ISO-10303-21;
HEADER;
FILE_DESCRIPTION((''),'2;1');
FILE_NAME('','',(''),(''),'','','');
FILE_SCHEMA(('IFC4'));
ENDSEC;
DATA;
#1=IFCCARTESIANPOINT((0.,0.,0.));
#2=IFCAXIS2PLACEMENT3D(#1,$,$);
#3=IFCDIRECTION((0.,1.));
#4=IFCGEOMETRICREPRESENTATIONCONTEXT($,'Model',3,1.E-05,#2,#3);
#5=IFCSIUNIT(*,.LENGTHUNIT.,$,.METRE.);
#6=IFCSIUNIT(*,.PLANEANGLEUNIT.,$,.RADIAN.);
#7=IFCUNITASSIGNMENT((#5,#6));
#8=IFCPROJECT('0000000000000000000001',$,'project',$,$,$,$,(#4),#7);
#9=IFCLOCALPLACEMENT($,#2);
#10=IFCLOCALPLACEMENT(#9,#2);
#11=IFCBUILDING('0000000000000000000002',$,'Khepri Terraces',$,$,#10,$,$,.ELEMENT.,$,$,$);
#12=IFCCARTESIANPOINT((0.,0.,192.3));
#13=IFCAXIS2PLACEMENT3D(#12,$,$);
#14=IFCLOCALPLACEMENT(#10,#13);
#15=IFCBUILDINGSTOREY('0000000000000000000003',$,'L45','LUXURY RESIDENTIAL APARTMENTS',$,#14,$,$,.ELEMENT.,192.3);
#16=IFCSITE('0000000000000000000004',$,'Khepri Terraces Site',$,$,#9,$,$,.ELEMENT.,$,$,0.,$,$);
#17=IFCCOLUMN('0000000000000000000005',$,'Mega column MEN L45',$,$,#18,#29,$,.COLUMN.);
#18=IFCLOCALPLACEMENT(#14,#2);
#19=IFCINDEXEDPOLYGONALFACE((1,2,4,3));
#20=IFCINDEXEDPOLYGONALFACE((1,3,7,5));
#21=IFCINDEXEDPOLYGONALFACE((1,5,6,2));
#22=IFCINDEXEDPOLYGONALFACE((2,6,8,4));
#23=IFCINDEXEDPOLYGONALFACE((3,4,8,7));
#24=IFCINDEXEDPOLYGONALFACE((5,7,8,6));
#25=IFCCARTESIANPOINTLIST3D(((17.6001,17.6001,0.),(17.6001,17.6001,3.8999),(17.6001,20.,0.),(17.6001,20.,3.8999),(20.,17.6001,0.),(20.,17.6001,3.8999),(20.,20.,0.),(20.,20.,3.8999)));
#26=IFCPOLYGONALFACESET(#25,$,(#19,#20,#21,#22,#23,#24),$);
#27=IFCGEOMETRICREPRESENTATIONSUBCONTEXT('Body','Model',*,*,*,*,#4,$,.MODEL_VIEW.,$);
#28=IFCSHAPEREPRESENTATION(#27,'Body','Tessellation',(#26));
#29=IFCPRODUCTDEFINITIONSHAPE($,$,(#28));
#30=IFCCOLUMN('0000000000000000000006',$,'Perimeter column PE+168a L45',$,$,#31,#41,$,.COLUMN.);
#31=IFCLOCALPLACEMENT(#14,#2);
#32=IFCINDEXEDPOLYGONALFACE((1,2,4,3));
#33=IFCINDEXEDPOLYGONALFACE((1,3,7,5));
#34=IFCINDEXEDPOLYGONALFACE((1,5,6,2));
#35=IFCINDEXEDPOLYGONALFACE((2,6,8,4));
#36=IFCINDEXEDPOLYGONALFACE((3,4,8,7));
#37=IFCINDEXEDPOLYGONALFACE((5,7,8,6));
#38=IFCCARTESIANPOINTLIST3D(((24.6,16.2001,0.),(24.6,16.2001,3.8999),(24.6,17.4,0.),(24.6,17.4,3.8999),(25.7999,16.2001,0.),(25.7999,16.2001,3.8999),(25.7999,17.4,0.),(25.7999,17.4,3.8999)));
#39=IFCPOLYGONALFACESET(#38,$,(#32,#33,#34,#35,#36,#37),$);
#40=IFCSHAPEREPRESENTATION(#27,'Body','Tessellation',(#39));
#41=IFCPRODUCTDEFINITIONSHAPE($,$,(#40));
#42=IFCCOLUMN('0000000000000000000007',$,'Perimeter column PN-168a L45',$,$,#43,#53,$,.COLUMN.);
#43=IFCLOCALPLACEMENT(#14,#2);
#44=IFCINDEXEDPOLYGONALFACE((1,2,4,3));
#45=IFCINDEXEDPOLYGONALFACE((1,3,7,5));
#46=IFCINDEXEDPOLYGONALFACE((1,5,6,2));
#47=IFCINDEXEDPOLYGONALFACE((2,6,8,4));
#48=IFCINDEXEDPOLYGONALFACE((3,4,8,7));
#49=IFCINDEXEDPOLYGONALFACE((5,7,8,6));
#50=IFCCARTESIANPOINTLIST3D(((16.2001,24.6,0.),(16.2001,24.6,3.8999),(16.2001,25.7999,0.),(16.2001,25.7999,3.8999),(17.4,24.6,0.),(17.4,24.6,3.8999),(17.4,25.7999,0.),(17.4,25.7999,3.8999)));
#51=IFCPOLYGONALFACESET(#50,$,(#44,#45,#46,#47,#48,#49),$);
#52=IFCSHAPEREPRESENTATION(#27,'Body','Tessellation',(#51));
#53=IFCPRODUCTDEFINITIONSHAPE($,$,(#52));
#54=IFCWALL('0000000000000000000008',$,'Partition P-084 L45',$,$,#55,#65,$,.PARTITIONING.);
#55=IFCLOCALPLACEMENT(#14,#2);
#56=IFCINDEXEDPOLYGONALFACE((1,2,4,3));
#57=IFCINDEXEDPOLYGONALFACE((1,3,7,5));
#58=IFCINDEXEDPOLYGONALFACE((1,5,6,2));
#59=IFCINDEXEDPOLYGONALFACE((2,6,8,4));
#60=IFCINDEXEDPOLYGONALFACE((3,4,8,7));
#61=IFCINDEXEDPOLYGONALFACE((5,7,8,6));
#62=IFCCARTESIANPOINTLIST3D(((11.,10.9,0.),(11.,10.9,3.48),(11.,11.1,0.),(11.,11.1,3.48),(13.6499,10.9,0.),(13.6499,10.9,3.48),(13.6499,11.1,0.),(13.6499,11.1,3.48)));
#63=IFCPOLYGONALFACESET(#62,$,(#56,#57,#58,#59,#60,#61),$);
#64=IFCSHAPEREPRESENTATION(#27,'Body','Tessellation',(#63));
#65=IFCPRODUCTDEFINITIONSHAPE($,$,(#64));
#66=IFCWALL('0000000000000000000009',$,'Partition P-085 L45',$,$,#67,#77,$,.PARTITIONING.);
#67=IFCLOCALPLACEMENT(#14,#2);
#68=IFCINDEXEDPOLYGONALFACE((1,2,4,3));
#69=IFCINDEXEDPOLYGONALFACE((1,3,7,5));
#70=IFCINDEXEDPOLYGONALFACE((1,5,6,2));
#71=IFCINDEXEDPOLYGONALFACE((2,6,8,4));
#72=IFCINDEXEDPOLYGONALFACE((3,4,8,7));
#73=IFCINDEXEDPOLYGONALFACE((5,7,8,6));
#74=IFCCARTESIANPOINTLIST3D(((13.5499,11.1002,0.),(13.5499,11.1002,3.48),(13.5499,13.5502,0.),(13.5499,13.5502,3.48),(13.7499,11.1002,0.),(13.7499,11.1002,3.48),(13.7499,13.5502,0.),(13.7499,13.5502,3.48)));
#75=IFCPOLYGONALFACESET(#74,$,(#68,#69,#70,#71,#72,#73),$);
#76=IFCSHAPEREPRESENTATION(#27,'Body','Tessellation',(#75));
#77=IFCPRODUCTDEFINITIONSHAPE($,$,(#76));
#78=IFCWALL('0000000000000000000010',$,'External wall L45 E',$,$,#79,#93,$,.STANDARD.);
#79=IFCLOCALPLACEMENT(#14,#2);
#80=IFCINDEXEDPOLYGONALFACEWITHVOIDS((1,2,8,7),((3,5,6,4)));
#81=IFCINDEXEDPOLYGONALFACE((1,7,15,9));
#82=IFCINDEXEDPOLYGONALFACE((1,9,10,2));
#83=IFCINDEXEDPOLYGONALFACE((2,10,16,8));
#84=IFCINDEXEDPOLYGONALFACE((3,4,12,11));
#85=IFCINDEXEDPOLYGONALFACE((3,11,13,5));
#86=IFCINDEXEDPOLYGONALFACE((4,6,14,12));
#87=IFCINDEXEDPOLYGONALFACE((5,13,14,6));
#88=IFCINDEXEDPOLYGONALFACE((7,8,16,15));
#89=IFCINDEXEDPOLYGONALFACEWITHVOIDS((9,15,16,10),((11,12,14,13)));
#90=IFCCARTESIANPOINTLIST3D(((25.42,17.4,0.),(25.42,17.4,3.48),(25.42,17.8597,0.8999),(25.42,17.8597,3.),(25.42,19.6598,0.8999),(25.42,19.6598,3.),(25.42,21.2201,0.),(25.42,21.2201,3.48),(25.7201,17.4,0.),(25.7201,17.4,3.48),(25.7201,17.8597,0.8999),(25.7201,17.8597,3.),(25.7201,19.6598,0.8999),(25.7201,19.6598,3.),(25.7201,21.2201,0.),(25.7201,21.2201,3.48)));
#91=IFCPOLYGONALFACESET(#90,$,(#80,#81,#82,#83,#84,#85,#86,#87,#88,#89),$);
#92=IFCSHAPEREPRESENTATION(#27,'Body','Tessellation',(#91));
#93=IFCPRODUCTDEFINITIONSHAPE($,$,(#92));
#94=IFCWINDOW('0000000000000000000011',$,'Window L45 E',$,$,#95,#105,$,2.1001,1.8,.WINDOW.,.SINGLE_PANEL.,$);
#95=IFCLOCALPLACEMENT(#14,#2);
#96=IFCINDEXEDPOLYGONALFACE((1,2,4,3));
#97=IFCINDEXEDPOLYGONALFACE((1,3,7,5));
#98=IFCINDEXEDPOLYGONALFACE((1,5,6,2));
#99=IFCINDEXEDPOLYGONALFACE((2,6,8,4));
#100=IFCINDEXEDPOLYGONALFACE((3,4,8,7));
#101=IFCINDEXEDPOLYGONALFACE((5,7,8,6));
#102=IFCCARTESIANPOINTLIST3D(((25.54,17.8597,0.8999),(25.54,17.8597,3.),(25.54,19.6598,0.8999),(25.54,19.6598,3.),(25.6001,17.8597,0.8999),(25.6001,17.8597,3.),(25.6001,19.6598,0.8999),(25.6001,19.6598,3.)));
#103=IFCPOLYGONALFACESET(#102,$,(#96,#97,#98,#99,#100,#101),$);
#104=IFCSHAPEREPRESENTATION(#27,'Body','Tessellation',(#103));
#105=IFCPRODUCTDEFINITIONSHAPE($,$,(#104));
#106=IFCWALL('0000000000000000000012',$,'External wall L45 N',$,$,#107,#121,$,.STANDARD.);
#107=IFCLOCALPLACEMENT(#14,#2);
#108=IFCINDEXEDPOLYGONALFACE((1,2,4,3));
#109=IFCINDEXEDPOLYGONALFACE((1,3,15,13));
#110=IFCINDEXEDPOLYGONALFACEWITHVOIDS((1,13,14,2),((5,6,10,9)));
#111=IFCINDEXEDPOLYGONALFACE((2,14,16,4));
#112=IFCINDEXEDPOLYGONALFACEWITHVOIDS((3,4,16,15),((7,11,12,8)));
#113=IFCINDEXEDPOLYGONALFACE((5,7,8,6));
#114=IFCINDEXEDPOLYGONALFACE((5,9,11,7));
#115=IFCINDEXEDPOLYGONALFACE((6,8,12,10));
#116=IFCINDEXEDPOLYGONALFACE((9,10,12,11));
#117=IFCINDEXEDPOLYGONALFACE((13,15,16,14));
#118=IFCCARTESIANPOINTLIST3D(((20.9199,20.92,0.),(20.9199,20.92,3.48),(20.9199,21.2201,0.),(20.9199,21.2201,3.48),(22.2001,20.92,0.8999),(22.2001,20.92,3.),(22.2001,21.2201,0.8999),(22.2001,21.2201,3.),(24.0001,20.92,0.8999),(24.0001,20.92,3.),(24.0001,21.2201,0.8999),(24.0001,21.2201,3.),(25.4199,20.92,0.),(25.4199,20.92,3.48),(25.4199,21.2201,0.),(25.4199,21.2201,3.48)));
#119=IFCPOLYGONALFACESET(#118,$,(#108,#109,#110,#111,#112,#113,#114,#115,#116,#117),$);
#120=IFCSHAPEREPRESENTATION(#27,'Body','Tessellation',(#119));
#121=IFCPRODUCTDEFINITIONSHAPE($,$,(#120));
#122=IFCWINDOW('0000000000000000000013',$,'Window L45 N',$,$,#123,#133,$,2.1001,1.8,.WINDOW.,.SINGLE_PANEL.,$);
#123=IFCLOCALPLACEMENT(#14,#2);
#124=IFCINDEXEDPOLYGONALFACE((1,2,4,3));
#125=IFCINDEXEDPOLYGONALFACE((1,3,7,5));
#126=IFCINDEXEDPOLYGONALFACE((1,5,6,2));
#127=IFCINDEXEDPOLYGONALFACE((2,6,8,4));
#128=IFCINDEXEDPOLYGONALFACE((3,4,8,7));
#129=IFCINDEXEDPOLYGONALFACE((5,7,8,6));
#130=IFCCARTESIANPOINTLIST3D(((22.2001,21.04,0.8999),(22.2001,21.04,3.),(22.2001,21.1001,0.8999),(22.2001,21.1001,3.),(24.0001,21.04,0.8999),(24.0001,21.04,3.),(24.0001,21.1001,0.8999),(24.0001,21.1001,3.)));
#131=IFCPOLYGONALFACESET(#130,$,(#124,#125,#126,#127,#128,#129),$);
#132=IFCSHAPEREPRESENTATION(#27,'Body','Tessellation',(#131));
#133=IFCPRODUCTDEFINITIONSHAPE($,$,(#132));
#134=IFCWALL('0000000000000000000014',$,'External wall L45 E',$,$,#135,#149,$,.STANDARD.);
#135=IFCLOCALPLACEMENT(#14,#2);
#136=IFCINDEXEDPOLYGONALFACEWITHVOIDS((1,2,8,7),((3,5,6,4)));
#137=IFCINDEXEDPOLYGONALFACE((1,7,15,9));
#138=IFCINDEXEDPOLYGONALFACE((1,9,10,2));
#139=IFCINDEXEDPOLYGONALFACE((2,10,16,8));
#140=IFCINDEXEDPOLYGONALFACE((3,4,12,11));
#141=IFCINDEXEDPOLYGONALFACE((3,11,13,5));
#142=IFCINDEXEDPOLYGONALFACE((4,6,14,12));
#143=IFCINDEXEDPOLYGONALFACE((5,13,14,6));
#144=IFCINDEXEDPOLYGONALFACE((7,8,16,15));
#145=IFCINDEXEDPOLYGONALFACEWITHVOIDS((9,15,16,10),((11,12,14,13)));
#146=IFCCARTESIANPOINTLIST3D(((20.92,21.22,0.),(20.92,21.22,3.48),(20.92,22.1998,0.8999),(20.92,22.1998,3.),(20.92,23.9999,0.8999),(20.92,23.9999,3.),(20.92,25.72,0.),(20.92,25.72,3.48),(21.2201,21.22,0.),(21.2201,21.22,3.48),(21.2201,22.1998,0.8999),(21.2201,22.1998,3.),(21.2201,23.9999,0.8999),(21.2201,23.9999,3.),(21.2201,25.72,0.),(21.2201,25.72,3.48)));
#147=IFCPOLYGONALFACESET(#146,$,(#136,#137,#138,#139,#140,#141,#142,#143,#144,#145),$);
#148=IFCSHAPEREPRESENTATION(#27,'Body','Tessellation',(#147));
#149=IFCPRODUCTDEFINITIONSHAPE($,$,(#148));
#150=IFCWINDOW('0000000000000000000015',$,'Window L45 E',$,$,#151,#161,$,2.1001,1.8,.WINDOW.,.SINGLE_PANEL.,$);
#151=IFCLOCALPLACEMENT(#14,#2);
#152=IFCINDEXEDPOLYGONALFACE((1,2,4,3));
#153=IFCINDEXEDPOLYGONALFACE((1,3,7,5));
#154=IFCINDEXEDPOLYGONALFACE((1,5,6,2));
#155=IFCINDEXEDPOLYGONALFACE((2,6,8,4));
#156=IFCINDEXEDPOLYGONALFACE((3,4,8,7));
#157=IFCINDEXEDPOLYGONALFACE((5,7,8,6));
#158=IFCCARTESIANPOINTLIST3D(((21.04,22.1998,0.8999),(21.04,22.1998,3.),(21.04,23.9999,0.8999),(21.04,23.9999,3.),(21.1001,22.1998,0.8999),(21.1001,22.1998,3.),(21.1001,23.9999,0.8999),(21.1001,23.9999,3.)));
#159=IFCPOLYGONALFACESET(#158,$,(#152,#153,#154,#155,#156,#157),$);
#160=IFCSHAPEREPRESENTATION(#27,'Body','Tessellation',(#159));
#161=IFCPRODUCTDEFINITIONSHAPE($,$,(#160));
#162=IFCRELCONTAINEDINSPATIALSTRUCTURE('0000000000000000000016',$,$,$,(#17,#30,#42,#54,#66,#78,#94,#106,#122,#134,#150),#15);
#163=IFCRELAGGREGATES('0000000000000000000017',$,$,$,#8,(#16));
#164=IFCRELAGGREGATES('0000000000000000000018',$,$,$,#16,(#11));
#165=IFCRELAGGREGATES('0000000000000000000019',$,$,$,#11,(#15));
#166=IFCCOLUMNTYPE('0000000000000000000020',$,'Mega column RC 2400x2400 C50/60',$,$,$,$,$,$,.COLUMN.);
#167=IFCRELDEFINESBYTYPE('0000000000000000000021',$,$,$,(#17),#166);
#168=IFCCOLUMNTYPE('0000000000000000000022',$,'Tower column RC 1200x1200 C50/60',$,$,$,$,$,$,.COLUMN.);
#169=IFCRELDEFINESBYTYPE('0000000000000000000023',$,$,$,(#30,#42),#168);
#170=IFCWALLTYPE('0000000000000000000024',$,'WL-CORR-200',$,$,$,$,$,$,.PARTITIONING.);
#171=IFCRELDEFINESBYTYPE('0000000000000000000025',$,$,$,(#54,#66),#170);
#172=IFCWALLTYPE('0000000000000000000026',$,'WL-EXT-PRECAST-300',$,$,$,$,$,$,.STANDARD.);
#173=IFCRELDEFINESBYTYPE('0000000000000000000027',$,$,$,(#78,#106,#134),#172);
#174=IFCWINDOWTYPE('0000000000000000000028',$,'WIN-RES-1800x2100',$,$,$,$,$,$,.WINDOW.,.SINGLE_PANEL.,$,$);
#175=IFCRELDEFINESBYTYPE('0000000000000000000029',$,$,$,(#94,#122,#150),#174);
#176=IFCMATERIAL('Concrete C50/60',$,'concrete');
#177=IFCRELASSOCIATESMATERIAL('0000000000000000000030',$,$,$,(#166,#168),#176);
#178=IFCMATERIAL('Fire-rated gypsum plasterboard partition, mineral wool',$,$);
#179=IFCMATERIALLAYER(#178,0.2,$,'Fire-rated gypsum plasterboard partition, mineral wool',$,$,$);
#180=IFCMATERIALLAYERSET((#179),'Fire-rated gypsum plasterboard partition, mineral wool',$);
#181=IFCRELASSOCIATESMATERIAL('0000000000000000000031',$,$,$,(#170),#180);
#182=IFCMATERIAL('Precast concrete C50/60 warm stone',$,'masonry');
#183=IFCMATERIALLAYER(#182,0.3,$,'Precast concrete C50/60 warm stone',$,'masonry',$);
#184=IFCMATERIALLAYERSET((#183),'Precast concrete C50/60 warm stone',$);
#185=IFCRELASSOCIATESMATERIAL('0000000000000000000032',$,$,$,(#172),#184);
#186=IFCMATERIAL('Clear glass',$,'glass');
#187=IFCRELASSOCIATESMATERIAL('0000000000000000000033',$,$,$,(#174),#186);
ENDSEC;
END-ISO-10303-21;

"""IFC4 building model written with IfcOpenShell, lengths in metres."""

from ifc_helpers import new_model, si_unit, direction, frame, frame_2d, origin, origin_2d, place, context, subcontext, project, spatial, rectangle, extrude, material, layer, layer_set, material_profile, profile_set, type_object, element, fill, save


model = new_model("IFC4")

# Units and contexts
model_context = context("Model", 3, precision=1e-05, world=origin(), true_north=direction((0.0, 1.0)))
body_context = subcontext(model_context, "Body", "Model", "MODEL_VIEW")
ifc_project = project(units=[si_unit("LENGTHUNIT", "METRE"), si_unit("PLANEANGLEUNIT", "RADIAN")], contexts=[model_context])

# Site, building, storey
site_placement = place(None, origin())
site = spatial("IfcSite", under=ifc_project, at=site_placement, Name="Khepri Terraces Site", CompositionType="ELEMENT", RefElevation=0.0)
building_placement = place(site_placement, origin())
building = spatial("IfcBuilding", under=site, at=building_placement, Name="Khepri Terraces", CompositionType="ELEMENT")
storey_placement = place(building_placement, frame((0.0, 0.0, 192.3)))
storey = spatial("IfcBuildingStorey", under=building, at=storey_placement, Name="L45", Description="LUXURY RESIDENTIAL APARTMENTS", CompositionType="ELEMENT", Elevation=192.3)

# Columns
ifc_material_1 = material(Name="Concrete C50/60", Category="concrete")
ifc_material_profile_1 = material_profile(ifc_material_1, rectangle(XDim=2.3999, YDim=2.3999, at=origin_2d()), Name="Concrete C50/60", Category="concrete")
ifc_profile_set_1 = profile_set([ifc_material_profile_1], Name="Concrete C50/60")
column_type_1 = type_object("IfcColumnType", Name="Mega column RC 2400x2400 C50/60", PredefinedType="COLUMN", material=ifc_profile_set_1)
column_placement = place(storey_placement, frame((18.8, 18.8, 0.0), z_axis=(0.0, 0.0, 1.0), x_axis=(1.0, 0.0, 0.0)))
element("IfcColumn", 1, at=column_placement, inside=storey, type_object=column_type_1, Name="Mega column MEN L45", PredefinedType="COLUMN", context=body_context, shape_type="SweptSolid", body=[
    extrude(rectangle(XDim=2.3999, YDim=2.3999, at=origin_2d()), origin(), (0.0, 0.0, 1.0), 3.8999),
])
ifc_material_profile_2 = material_profile(ifc_material_1, rectangle(XDim=1.2, YDim=1.2, at=origin_2d()), Name="Concrete C50/60", Category="concrete")
ifc_profile_set_2 = profile_set([ifc_material_profile_2], Name="Concrete C50/60")
column_type_2 = type_object("IfcColumnType", Name="Tower column RC 1200x1200 C50/60", PredefinedType="COLUMN", material=ifc_profile_set_2)
for number, where, z_axis, x_axis, name in (
    (2, (25.2, 16.8, 0.0), (0.0, 0.0, 1.0), (1.0, 0.0, 0.0), "Perimeter column PE+168a L45"),
    (3, (16.8, 25.2, 0.0), (0.0, 0.0, 1.0), (1.0, 0.0, 0.0), "Perimeter column PN-168a L45"),
):
    element("IfcColumn", number, at=place(storey_placement, frame(where, z_axis=z_axis, x_axis=x_axis)), inside=storey, type_object=column_type_2, Name=name, PredefinedType="COLUMN", context=body_context, shape_type="SweptSolid", body=[
        extrude(rectangle(XDim=1.2, YDim=1.2, at=origin_2d()), origin(), (0.0, 0.0, 1.0), 3.8999),
    ])

# Walls
ifc_material_2 = material(Name="Fire-rated gypsum plasterboard partition, mineral wool")
ifc_layer_1 = layer(ifc_material_2, 0.2, Name="Fire-rated gypsum plasterboard partition, mineral wool")
ifc_layer_set_1 = layer_set([ifc_layer_1], Name="Fire-rated gypsum plasterboard partition, mineral wool")
wall_type_1 = type_object("IfcWallType", Name="WL-CORR-200", PredefinedType="PARTITIONING", material=ifc_layer_set_1)
wall_1_placement = place(storey_placement, frame((11.0, 11.0, 0.0), z_axis=(0.0, 0.0, 1.0), x_axis=(1.0, 0.0, 0.0)))
element("IfcWall", 4, at=wall_1_placement, inside=storey, type_object=wall_type_1, Name="Partition P-084 L45", PredefinedType="PARTITIONING", context=body_context, shape_type="SweptSolid", body=[
    extrude(rectangle(XDim=2.6499, YDim=0.2, at=frame_2d((1.325, 0.0))), origin(), (0.0, 0.0, 1.0), 3.48),
])
wall_2_placement = place(storey_placement, frame((13.6499, 11.1001, 0.0), z_axis=(0.0, 0.0, 1.0), x_axis=(0.0, 1.0, 0.0)))
element("IfcWall", 5, at=wall_2_placement, inside=storey, type_object=wall_type_1, Name="Partition P-085 L45", PredefinedType="PARTITIONING", context=body_context, shape_type="SweptSolid", body=[
    extrude(rectangle(XDim=2.45, YDim=0.2, at=frame_2d((1.2251, 0.0))), origin(), (0.0, 0.0, 1.0), 3.48),
])

# Walls, openings, windows
ifc_material_3 = material(Name="Precast concrete C50/60 warm stone", Category="masonry")
ifc_layer_2 = layer(ifc_material_3, 0.3, Name="Precast concrete C50/60 warm stone", Category="masonry")
ifc_layer_set_2 = layer_set([ifc_layer_2], Name="Precast concrete C50/60 warm stone")
wall_type_2 = type_object("IfcWallType", Name="WL-EXT-PRECAST-300", PredefinedType="STANDARD", material=ifc_layer_set_2)
wall_3_placement = place(storey_placement, frame((25.5701, 17.3999, 0.0), z_axis=(0.0, 0.0, 1.0), x_axis=(0.0, 1.0, 0.0)))
wall_3 = element("IfcWall", 6, at=wall_3_placement, inside=storey, type_object=wall_type_2, Name="External wall L45 E", PredefinedType="STANDARD", context=body_context, shape_type="SweptSolid", body=[
    extrude(rectangle(XDim=3.8201, YDim=0.3, at=frame_2d((1.9102, 0.0))), origin(), (0.0, 0.0, 1.0), 3.48),
])
opening_1_placement = place(wall_3_placement, frame((0.46, 0.0, 0.8999)))
opening_1 = element("IfcOpeningElement", 7, at=opening_1_placement, cuts=wall_3, PredefinedType="OPENING", context=body_context, shape_type="SweptSolid", body=[
    extrude(rectangle(XDim=1.8, YDim=2.1001, at=frame_2d((0.8999, 1.05))), frame((0.0, 0.1602, 0.0), z_axis=(0.0, -1.0, 0.0), x_axis=(1.0, 0.0, 0.0)), (0.0, 0.0, 1.0), 0.3201),
])
ifc_material_4 = material(Name="Clear glass", Category="glass")
window_type = type_object("IfcWindowType", Name="WIN-RES-1800x2100", PartitioningType="SINGLE_PANEL", PredefinedType="WINDOW", material=ifc_material_4)
window_1_placement = place(opening_1_placement, origin())
window_1 = element("IfcWindow", 8, at=window_1_placement, inside=storey, type_object=window_type, Name="Window L45 E", OverallHeight=2.1001, OverallWidth=1.8, PartitioningType="SINGLE_PANEL", PredefinedType="WINDOW", context=body_context, shape_type="SweptSolid", body=[
    extrude(rectangle(XDim=1.8, YDim=2.1001, at=frame_2d((0.8999, 1.05))), frame((0.0, 0.03, 0.0), z_axis=(0.0, -1.0, 0.0), x_axis=(1.0, 0.0, 0.0)), (0.0, 0.0, 1.0), 0.0601),
])
fill(opening_1, window_1)
wall_4_placement = place(storey_placement, frame((25.4199, 21.0701, 0.0), z_axis=(0.0, 0.0, 1.0), x_axis=(-1.0, 0.0, 0.0)))
wall_4 = element("IfcWall", 9, at=wall_4_placement, inside=storey, type_object=wall_type_2, Name="External wall L45 N", PredefinedType="STANDARD", context=body_context, shape_type="SweptSolid", body=[
    extrude(rectangle(XDim=4.5, YDim=0.3, at=frame_2d((2.25, 0.0))), origin(), (0.0, 0.0, 1.0), 3.48),
])
opening_2_placement = place(wall_4_placement, frame((1.4199, 0.0, 0.8999)))
opening_2 = element("IfcOpeningElement", 10, at=opening_2_placement, cuts=wall_4, PredefinedType="OPENING", context=body_context, shape_type="SweptSolid", body=[
    extrude(rectangle(XDim=1.8, YDim=2.1001, at=frame_2d((0.8999, 1.05))), frame((0.0, 0.1602, 0.0), z_axis=(0.0, -1.0, 0.0), x_axis=(1.0, 0.0, 0.0)), (0.0, 0.0, 1.0), 0.3201),
])
window_2_placement = place(opening_2_placement, origin())
window_2 = element("IfcWindow", 11, at=window_2_placement, inside=storey, type_object=window_type, Name="Window L45 N", OverallHeight=2.1001, OverallWidth=1.8, PartitioningType="SINGLE_PANEL", PredefinedType="WINDOW", context=body_context, shape_type="SweptSolid", body=[
    extrude(rectangle(XDim=1.8, YDim=2.1001, at=frame_2d((0.8999, 1.05))), frame((0.0, 0.03, 0.0), z_axis=(0.0, -1.0, 0.0), x_axis=(1.0, 0.0, 0.0)), (0.0, 0.0, 1.0), 0.0601),
])
fill(opening_2, window_2)
wall_5_placement = place(storey_placement, frame((21.0701, 21.22, 0.0), z_axis=(0.0, 0.0, 1.0), x_axis=(0.0, 1.0, 0.0)))
wall_5 = element("IfcWall", 12, at=wall_5_placement, inside=storey, type_object=wall_type_2, Name="External wall L45 E", PredefinedType="STANDARD", context=body_context, shape_type="SweptSolid", body=[
    extrude(rectangle(XDim=4.5, YDim=0.3, at=frame_2d((2.25, 0.0))), origin(), (0.0, 0.0, 1.0), 3.48),
])
opening_3_placement = place(wall_5_placement, frame((0.98, 0.0, 0.8999)))
opening_3 = element("IfcOpeningElement", 13, at=opening_3_placement, cuts=wall_5, PredefinedType="OPENING", context=body_context, shape_type="SweptSolid", body=[
    extrude(rectangle(XDim=1.8, YDim=2.1001, at=frame_2d((0.8999, 1.05))), frame((0.0, 0.1602, 0.0), z_axis=(0.0, -1.0, 0.0), x_axis=(1.0, 0.0, 0.0)), (0.0, 0.0, 1.0), 0.3201),
])
window_3_placement = place(opening_3_placement, origin())
window_3 = element("IfcWindow", 14, at=window_3_placement, inside=storey, type_object=window_type, Name="Window L45 E", OverallHeight=2.1001, OverallWidth=1.8, PartitioningType="SINGLE_PANEL", PredefinedType="WINDOW", context=body_context, shape_type="SweptSolid", body=[
    extrude(rectangle(XDim=1.8, YDim=2.1001, at=frame_2d((0.8999, 1.05))), frame((0.0, 0.03, 0.0), z_axis=(0.0, -1.0, 0.0), x_axis=(1.0, 0.0, 0.0)), (0.0, 0.0, 1.0), 0.0601),
])
fill(opening_3, window_3)

save(model, "model.ifc")
